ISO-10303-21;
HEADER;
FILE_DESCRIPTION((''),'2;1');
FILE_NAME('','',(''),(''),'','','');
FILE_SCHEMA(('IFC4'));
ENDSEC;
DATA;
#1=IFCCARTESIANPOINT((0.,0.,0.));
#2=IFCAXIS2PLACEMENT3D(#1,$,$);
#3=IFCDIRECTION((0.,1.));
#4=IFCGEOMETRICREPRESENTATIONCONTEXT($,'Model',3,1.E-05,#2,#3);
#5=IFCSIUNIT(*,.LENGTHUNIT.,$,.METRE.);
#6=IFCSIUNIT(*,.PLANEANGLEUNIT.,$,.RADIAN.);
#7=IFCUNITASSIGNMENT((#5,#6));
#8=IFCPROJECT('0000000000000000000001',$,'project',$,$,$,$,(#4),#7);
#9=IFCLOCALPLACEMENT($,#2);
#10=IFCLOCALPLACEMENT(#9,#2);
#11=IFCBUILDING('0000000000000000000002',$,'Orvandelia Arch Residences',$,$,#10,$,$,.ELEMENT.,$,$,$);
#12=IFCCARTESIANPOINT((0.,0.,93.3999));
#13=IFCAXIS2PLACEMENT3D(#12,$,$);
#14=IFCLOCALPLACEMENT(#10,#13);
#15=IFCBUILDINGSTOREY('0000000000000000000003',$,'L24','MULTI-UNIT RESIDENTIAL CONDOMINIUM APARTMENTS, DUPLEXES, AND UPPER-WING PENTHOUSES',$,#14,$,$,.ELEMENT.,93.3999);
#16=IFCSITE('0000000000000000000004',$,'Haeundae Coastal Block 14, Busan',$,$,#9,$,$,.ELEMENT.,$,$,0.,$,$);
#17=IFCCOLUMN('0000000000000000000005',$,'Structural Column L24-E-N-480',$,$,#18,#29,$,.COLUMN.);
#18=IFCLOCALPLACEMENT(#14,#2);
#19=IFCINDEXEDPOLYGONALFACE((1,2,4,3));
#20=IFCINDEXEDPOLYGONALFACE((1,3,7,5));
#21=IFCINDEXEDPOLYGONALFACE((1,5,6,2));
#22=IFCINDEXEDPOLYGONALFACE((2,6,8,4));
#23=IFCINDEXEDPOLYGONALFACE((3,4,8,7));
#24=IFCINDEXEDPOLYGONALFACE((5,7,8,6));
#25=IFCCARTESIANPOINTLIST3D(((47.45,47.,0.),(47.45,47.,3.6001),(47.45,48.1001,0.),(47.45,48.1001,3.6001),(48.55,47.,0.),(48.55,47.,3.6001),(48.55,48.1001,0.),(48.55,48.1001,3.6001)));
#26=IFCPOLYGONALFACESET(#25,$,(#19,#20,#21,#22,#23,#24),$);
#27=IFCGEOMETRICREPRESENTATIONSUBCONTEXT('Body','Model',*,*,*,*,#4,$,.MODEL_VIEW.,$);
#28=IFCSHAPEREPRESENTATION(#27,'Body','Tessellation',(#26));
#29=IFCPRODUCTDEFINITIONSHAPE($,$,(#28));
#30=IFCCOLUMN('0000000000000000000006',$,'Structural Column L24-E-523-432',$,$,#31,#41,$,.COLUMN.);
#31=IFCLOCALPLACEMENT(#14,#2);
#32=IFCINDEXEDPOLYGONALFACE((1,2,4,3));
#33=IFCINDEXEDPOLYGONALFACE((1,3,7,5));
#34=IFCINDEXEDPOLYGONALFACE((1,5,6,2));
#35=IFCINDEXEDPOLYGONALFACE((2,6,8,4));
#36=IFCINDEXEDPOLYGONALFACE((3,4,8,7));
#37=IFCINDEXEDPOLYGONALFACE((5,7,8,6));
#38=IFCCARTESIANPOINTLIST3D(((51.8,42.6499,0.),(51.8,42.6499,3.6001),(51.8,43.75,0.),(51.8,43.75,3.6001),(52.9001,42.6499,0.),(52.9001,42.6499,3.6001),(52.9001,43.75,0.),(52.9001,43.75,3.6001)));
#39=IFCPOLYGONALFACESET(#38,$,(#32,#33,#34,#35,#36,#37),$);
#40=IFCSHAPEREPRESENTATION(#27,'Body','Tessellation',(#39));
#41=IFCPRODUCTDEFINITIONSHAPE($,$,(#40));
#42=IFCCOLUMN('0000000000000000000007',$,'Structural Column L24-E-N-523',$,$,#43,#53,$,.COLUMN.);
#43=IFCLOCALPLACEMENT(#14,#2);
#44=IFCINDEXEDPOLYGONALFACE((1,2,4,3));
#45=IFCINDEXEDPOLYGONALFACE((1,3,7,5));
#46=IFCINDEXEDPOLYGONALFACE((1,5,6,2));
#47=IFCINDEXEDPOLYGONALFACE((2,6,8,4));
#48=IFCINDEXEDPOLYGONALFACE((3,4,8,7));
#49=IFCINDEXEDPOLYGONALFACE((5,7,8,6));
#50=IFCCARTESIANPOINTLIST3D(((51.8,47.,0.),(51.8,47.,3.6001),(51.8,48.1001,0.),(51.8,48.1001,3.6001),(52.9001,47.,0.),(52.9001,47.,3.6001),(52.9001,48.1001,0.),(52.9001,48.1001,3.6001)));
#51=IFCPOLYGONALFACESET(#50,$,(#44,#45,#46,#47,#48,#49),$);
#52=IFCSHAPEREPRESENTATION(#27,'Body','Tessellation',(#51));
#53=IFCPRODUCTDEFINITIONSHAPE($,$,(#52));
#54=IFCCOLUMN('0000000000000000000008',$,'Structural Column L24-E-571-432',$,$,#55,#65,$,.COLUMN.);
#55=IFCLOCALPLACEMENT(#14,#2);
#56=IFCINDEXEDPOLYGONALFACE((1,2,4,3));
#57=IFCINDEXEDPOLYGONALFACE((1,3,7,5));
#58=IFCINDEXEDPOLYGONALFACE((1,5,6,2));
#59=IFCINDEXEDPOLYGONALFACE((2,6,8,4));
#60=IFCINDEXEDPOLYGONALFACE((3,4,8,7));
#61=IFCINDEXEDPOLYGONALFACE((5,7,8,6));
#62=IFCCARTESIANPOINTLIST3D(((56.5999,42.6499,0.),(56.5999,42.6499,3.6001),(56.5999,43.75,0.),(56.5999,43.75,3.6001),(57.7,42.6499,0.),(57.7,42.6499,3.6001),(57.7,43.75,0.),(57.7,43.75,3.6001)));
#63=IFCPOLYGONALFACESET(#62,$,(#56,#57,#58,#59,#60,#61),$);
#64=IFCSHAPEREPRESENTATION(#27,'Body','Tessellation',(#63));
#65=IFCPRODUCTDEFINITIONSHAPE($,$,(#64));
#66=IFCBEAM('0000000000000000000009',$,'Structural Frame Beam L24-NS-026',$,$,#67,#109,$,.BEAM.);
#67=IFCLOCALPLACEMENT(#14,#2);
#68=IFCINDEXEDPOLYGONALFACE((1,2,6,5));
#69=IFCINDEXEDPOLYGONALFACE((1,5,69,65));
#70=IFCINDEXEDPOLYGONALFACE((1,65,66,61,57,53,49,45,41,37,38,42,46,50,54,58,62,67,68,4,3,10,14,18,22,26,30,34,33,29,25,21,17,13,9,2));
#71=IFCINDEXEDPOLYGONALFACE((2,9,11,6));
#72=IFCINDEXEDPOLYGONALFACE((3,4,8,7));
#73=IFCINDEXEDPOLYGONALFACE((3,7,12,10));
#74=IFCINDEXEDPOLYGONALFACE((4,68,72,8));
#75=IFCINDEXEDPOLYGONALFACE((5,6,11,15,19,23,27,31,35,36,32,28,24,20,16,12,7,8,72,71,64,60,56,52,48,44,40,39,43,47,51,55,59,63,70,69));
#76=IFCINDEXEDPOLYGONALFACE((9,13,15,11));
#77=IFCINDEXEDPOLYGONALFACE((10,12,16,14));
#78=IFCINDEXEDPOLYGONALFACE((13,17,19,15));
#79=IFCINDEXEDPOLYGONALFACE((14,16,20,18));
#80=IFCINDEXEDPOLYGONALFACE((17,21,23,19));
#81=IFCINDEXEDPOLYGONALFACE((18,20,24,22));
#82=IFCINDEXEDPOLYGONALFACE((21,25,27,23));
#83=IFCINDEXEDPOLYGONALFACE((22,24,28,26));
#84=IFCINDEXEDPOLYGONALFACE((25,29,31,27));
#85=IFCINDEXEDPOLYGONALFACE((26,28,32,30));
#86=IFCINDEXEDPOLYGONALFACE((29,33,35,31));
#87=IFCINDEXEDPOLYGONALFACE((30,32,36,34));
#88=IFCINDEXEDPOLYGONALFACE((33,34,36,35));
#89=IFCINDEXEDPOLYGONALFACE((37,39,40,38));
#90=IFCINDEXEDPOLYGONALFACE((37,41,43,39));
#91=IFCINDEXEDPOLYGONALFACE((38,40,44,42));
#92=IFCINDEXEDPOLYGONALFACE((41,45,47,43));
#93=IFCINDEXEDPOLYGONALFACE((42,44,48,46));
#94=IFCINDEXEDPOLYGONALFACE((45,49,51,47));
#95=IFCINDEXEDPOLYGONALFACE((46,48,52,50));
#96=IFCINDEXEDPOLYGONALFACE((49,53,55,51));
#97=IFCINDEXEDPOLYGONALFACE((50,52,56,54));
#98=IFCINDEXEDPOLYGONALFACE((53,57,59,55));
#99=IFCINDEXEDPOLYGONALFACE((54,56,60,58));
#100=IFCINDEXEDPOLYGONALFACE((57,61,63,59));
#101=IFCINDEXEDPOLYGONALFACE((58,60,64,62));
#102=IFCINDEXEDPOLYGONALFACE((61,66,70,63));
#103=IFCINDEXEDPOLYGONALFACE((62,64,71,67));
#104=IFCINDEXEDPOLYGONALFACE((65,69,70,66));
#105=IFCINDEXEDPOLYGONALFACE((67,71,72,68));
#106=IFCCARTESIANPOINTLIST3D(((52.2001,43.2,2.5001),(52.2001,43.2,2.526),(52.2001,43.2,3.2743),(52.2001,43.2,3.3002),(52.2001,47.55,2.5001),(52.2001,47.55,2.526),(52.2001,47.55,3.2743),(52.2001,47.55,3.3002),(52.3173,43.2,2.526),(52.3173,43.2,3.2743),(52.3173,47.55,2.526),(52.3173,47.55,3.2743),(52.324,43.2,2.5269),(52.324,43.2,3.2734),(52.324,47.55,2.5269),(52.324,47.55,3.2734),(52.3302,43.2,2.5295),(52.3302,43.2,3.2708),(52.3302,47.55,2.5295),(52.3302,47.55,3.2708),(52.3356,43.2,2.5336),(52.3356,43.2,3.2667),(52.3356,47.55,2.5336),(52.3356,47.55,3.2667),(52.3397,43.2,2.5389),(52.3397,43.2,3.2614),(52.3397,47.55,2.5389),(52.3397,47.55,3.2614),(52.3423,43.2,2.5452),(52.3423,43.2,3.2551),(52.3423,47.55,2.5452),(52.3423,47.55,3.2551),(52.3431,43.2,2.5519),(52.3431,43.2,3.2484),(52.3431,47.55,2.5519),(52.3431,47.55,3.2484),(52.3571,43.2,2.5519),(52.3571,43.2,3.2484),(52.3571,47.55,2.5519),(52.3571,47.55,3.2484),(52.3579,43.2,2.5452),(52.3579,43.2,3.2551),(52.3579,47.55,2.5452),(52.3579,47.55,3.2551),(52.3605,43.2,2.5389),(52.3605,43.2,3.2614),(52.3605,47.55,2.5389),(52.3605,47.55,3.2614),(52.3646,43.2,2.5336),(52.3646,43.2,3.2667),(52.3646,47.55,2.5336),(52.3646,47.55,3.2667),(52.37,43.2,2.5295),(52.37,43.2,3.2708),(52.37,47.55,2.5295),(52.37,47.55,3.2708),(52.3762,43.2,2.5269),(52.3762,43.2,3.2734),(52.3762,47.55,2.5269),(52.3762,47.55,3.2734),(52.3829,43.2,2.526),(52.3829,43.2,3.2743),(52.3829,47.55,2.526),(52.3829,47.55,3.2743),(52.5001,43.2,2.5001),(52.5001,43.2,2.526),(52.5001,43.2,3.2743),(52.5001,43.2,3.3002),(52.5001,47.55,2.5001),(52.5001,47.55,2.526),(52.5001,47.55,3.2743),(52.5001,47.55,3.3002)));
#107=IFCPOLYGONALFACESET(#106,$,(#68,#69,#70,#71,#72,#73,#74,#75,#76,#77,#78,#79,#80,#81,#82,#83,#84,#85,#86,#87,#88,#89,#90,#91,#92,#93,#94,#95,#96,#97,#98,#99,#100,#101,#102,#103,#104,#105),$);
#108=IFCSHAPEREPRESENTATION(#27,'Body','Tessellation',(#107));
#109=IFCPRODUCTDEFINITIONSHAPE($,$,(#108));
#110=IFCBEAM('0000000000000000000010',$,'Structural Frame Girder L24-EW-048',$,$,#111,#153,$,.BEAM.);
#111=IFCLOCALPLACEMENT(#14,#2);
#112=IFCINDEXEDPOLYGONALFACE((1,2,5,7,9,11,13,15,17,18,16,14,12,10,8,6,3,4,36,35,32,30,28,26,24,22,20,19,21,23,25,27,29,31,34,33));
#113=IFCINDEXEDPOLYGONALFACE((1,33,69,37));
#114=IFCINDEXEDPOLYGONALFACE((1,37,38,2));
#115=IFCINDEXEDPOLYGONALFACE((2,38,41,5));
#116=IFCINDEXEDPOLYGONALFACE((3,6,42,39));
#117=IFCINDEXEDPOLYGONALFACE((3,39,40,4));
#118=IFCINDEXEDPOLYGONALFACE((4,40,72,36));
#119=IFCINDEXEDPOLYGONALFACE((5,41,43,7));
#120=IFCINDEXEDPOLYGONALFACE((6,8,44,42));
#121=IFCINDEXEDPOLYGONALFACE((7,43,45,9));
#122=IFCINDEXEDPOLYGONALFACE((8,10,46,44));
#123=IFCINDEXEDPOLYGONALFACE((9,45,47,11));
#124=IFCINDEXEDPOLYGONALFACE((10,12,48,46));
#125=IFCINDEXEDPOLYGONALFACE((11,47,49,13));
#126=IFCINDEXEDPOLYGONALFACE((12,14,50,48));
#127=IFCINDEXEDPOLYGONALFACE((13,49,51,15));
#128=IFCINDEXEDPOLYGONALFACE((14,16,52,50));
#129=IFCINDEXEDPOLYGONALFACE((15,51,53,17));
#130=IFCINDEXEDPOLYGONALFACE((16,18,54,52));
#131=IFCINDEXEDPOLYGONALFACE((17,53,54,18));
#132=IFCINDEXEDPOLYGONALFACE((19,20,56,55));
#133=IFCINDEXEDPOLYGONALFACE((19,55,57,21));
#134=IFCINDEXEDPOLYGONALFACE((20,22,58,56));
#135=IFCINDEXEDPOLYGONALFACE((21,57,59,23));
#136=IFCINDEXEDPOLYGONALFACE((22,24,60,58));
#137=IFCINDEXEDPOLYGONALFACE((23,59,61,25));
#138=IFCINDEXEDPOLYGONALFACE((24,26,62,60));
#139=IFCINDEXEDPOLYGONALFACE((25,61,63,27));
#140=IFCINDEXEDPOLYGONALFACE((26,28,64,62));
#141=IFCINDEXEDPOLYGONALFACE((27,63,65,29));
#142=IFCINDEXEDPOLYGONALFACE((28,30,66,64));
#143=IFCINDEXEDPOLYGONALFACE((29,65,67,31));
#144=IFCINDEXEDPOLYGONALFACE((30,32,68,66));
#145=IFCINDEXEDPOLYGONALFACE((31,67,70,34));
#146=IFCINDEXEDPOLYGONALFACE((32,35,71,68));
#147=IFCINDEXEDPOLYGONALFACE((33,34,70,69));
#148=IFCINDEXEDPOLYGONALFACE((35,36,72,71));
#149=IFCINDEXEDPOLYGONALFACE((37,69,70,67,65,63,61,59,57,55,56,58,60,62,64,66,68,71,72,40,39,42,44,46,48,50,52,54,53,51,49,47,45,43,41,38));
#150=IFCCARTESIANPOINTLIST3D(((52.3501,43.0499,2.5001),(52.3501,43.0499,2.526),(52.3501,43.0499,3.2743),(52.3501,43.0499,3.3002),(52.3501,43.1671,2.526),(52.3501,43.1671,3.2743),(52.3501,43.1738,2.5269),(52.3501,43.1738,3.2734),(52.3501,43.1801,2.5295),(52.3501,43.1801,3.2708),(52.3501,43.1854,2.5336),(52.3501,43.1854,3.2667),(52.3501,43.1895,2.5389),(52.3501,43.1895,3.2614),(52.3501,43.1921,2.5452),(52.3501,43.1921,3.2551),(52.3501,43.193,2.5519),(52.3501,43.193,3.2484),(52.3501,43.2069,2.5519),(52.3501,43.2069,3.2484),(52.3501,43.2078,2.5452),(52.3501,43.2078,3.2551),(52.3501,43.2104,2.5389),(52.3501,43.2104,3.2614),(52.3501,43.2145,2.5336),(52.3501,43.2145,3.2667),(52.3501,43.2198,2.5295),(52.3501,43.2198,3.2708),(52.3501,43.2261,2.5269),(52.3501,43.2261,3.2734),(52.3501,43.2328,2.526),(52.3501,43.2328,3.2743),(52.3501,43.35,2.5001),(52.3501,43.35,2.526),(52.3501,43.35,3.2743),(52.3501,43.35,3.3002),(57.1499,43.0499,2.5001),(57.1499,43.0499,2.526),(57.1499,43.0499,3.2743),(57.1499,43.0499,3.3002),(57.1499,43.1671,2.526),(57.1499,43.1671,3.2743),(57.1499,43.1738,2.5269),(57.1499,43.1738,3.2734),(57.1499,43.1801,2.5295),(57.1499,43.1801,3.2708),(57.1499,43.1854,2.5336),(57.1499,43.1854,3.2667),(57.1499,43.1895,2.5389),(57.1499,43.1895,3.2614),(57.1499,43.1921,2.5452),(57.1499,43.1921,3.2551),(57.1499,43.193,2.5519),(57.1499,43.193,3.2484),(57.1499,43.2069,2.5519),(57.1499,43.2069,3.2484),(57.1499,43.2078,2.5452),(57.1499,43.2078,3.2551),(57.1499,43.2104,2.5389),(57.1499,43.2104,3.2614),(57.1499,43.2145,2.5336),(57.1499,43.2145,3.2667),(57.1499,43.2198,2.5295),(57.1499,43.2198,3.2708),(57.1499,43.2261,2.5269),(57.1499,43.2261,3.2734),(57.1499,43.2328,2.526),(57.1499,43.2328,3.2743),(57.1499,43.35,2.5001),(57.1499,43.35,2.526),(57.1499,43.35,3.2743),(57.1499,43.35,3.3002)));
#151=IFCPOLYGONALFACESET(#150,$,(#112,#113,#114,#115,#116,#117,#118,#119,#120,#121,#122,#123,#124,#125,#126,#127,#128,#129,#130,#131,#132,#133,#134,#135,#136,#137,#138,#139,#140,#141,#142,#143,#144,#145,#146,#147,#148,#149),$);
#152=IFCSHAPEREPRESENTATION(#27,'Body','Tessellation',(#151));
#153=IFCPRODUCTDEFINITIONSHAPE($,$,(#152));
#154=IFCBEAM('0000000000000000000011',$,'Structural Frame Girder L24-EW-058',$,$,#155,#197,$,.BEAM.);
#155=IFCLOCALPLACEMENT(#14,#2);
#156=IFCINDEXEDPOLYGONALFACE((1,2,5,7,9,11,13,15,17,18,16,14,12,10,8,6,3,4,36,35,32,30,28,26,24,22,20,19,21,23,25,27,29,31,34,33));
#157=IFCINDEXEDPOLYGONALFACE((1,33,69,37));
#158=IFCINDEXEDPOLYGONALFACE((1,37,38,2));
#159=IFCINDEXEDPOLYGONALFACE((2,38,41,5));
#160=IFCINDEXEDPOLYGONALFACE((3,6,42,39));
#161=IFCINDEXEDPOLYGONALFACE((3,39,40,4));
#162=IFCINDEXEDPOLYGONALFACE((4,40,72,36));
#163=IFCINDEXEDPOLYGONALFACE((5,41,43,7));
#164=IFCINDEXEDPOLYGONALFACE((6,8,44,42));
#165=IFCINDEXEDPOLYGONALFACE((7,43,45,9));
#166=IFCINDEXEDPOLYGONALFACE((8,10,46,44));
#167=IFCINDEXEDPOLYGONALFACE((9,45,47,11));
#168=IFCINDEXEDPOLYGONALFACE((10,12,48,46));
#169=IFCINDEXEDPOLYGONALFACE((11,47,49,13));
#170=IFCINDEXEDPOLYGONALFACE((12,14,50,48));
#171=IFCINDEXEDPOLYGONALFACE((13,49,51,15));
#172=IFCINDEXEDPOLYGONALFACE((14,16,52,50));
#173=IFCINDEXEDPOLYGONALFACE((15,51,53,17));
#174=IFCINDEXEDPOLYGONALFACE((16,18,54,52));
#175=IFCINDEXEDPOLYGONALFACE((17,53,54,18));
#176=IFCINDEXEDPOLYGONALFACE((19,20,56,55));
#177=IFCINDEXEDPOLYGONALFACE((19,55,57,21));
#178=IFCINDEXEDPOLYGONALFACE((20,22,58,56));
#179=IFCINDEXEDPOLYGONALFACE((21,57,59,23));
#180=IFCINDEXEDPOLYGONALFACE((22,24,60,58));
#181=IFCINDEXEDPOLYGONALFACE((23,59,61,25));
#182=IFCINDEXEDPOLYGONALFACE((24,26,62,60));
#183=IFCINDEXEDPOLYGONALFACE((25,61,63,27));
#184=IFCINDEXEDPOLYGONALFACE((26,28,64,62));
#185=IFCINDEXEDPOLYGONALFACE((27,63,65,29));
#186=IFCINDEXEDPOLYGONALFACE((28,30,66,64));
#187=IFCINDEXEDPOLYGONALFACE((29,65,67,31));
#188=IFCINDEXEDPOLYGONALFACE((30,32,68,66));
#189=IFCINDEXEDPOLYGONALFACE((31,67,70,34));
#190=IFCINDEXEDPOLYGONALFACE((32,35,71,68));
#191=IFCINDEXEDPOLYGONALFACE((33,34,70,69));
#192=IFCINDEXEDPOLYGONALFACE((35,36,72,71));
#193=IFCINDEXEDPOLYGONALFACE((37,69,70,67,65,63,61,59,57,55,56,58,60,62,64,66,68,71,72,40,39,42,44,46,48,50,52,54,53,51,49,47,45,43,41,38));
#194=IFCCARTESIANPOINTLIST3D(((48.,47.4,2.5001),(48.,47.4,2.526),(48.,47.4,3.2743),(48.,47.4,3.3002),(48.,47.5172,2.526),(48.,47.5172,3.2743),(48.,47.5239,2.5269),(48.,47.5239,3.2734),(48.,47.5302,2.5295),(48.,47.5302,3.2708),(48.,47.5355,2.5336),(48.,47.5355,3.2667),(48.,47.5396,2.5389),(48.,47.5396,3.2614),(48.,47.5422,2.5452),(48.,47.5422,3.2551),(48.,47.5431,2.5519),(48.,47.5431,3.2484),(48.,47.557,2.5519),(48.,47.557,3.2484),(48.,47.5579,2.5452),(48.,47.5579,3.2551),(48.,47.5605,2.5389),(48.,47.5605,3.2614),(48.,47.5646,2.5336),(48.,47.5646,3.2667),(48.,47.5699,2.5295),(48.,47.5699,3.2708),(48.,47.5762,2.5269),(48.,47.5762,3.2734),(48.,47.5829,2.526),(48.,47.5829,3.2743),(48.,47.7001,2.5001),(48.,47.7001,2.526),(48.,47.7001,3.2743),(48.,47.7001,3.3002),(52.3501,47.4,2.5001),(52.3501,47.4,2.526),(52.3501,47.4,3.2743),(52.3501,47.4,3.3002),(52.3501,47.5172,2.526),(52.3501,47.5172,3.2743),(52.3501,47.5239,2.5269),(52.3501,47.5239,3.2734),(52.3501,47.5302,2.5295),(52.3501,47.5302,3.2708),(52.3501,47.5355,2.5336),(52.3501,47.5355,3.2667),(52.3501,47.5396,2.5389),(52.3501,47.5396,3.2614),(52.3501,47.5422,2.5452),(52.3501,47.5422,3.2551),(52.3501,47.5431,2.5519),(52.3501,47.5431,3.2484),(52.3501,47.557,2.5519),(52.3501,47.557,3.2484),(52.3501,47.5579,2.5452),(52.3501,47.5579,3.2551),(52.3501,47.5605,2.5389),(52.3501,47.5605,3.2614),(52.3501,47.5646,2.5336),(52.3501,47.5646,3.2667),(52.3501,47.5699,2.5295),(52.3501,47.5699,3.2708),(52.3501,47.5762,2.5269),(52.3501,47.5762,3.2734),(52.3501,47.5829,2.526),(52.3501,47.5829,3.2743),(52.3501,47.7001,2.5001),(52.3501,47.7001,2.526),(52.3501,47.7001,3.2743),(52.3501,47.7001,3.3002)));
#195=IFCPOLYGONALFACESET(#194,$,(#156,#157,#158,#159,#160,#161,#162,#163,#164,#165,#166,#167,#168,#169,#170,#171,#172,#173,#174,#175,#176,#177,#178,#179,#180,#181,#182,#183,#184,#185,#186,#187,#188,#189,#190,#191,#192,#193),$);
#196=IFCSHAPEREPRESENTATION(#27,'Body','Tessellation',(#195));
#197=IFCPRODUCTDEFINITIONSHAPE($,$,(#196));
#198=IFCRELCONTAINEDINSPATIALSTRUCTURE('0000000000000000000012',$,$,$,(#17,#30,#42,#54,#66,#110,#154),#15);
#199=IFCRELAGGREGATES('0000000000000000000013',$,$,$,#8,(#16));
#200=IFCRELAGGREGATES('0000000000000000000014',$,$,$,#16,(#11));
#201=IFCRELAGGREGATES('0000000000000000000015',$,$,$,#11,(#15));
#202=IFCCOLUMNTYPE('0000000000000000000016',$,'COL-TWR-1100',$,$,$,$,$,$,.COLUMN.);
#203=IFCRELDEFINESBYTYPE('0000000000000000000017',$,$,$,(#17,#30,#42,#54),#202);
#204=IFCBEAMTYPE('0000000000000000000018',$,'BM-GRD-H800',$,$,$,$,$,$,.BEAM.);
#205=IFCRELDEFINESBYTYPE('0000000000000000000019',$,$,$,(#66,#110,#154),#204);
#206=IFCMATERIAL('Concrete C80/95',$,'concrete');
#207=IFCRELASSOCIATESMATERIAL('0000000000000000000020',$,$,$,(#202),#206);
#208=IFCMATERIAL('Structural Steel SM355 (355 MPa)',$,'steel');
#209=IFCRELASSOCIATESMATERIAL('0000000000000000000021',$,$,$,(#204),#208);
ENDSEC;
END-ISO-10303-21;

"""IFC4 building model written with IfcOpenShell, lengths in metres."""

from ifc_helpers import new_model, si_unit, direction, frame, origin, origin_2d, place, context, subcontext, project, spatial, rectangle, i_section, extrude, material, material_profile, profile_set, type_object, element, save


model = new_model("IFC4")

# Units and contexts
model_context = context("Model", 3, precision=1e-05, world=origin(), true_north=direction((0.0, 1.0)))
body_context = subcontext(model_context, "Body", "Model", "MODEL_VIEW")
ifc_project = project(units=[si_unit("LENGTHUNIT", "METRE"), si_unit("PLANEANGLEUNIT", "RADIAN")], contexts=[model_context])

# Site, building, storey
site_placement = place(None, origin())
site = spatial("IfcSite", under=ifc_project, at=site_placement, Name="Haeundae Coastal Block 14, Busan", CompositionType="ELEMENT", RefElevation=0.0)
building_placement = place(site_placement, origin())
building = spatial("IfcBuilding", under=site, at=building_placement, Name="Orvandelia Arch Residences", CompositionType="ELEMENT")
storey_placement = place(building_placement, frame((0.0, 0.0, 93.3999)))
storey = spatial("IfcBuildingStorey", under=building, at=storey_placement, Name="L24", Description="MULTI-UNIT RESIDENTIAL CONDOMINIUM APARTMENTS, DUPLEXES, AND UPPER-WING PENTHOUSES", CompositionType="ELEMENT", Elevation=93.3999)

# Columns
ifc_material_1 = material(Name="Concrete C80/95", Category="concrete")
ifc_material_profile_1 = material_profile(ifc_material_1, rectangle(XDim=1.1001, YDim=1.1001, at=origin_2d()), Name="Concrete C80/95", Category="concrete")
ifc_profile_set_1 = profile_set([ifc_material_profile_1], Name="Concrete C80/95")
column_type = type_object("IfcColumnType", Name="COL-TWR-1100", PredefinedType="COLUMN", material=ifc_profile_set_1)
for number, where, z_axis, x_axis, name in (
    (1, (48.0, 47.55, 0.0), (0.0, 0.0, 1.0), (1.0, 0.0, 0.0), "Structural Column L24-E-N-480"),
    (2, (52.3501, 43.2, 0.0), (0.0, 0.0, 1.0), (1.0, 0.0, 0.0), "Structural Column L24-E-523-432"),
    (3, (52.3501, 47.55, 0.0), (0.0, 0.0, 1.0), (1.0, 0.0, 0.0), "Structural Column L24-E-N-523"),
    (4, (57.1499, 43.2, 0.0), (0.0, 0.0, 1.0), (1.0, 0.0, 0.0), "Structural Column L24-E-571-432"),
):
    element("IfcColumn", number, at=place(storey_placement, frame(where, z_axis=z_axis, x_axis=x_axis)), inside=storey, type_object=column_type, Name=name, PredefinedType="COLUMN", context=body_context, shape_type="SweptSolid", body=[
        extrude(rectangle(XDim=1.1001, YDim=1.1001, at=origin_2d()), origin(), (0.0, 0.0, 1.0), 3.6001),
    ])

# Beams
ifc_material_2 = material(Name="Structural Steel SM355 (355 MPa)", Category="steel")
ifc_material_profile_2 = material_profile(ifc_material_2, i_section(OverallWidth=0.3, OverallDepth=0.8, WebThickness=0.0139, FlangeThickness=0.0259, FilletRadius=0.0259, at=origin_2d()), Name="Structural Steel SM355 (355 MPa)", Category="steel")
ifc_profile_set_2 = profile_set([ifc_material_profile_2], Name="Structural Steel SM355 (355 MPa)")
beam_type = type_object("IfcBeamType", Name="BM-GRD-H800", PredefinedType="BEAM", material=ifc_profile_set_2)
beam_1_placement = place(storey_placement, frame((52.3501, 43.2, 2.9001), z_axis=(0.0, 1.0, 0.0), x_axis=(-1.0, 0.0, 0.0)))
element("IfcBeam", 5, at=beam_1_placement, inside=storey, type_object=beam_type, Name="Structural Frame Beam L24-NS-026", PredefinedType="BEAM", context=body_context, shape_type="SweptSolid", body=[
    extrude(i_section(OverallWidth=0.3, OverallDepth=0.8, WebThickness=0.0139, FlangeThickness=0.0259, FilletRadius=0.0259, at=origin_2d()), origin(), (0.0, 0.0, 1.0), 4.3501),
])
beam_2_placement = place(storey_placement, frame((52.3501, 43.2, 2.9001), z_axis=(1.0, 0.0, 0.0), x_axis=(0.0, 1.0, 0.0)))
element("IfcBeam", 6, at=beam_2_placement, inside=storey, type_object=beam_type, Name="Structural Frame Girder L24-EW-048", PredefinedType="BEAM", context=body_context, shape_type="SweptSolid", body=[
    extrude(i_section(OverallWidth=0.3, OverallDepth=0.8, WebThickness=0.0139, FlangeThickness=0.0259, FilletRadius=0.0259, at=origin_2d()), origin(), (0.0, 0.0, 1.0), 4.7998),
])
beam_3_placement = place(storey_placement, frame((48.0, 47.55, 2.9001), z_axis=(1.0, 0.0, 0.0), x_axis=(0.0, 1.0, 0.0)))
element("IfcBeam", 7, at=beam_3_placement, inside=storey, type_object=beam_type, Name="Structural Frame Girder L24-EW-058", PredefinedType="BEAM", context=body_context, shape_type="SweptSolid", body=[
    extrude(i_section(OverallWidth=0.3, OverallDepth=0.8, WebThickness=0.0139, FlangeThickness=0.0259, FilletRadius=0.0259, at=origin_2d()), origin(), (0.0, 0.0, 1.0), 4.3501),
])

save(model, "model.ifc")
